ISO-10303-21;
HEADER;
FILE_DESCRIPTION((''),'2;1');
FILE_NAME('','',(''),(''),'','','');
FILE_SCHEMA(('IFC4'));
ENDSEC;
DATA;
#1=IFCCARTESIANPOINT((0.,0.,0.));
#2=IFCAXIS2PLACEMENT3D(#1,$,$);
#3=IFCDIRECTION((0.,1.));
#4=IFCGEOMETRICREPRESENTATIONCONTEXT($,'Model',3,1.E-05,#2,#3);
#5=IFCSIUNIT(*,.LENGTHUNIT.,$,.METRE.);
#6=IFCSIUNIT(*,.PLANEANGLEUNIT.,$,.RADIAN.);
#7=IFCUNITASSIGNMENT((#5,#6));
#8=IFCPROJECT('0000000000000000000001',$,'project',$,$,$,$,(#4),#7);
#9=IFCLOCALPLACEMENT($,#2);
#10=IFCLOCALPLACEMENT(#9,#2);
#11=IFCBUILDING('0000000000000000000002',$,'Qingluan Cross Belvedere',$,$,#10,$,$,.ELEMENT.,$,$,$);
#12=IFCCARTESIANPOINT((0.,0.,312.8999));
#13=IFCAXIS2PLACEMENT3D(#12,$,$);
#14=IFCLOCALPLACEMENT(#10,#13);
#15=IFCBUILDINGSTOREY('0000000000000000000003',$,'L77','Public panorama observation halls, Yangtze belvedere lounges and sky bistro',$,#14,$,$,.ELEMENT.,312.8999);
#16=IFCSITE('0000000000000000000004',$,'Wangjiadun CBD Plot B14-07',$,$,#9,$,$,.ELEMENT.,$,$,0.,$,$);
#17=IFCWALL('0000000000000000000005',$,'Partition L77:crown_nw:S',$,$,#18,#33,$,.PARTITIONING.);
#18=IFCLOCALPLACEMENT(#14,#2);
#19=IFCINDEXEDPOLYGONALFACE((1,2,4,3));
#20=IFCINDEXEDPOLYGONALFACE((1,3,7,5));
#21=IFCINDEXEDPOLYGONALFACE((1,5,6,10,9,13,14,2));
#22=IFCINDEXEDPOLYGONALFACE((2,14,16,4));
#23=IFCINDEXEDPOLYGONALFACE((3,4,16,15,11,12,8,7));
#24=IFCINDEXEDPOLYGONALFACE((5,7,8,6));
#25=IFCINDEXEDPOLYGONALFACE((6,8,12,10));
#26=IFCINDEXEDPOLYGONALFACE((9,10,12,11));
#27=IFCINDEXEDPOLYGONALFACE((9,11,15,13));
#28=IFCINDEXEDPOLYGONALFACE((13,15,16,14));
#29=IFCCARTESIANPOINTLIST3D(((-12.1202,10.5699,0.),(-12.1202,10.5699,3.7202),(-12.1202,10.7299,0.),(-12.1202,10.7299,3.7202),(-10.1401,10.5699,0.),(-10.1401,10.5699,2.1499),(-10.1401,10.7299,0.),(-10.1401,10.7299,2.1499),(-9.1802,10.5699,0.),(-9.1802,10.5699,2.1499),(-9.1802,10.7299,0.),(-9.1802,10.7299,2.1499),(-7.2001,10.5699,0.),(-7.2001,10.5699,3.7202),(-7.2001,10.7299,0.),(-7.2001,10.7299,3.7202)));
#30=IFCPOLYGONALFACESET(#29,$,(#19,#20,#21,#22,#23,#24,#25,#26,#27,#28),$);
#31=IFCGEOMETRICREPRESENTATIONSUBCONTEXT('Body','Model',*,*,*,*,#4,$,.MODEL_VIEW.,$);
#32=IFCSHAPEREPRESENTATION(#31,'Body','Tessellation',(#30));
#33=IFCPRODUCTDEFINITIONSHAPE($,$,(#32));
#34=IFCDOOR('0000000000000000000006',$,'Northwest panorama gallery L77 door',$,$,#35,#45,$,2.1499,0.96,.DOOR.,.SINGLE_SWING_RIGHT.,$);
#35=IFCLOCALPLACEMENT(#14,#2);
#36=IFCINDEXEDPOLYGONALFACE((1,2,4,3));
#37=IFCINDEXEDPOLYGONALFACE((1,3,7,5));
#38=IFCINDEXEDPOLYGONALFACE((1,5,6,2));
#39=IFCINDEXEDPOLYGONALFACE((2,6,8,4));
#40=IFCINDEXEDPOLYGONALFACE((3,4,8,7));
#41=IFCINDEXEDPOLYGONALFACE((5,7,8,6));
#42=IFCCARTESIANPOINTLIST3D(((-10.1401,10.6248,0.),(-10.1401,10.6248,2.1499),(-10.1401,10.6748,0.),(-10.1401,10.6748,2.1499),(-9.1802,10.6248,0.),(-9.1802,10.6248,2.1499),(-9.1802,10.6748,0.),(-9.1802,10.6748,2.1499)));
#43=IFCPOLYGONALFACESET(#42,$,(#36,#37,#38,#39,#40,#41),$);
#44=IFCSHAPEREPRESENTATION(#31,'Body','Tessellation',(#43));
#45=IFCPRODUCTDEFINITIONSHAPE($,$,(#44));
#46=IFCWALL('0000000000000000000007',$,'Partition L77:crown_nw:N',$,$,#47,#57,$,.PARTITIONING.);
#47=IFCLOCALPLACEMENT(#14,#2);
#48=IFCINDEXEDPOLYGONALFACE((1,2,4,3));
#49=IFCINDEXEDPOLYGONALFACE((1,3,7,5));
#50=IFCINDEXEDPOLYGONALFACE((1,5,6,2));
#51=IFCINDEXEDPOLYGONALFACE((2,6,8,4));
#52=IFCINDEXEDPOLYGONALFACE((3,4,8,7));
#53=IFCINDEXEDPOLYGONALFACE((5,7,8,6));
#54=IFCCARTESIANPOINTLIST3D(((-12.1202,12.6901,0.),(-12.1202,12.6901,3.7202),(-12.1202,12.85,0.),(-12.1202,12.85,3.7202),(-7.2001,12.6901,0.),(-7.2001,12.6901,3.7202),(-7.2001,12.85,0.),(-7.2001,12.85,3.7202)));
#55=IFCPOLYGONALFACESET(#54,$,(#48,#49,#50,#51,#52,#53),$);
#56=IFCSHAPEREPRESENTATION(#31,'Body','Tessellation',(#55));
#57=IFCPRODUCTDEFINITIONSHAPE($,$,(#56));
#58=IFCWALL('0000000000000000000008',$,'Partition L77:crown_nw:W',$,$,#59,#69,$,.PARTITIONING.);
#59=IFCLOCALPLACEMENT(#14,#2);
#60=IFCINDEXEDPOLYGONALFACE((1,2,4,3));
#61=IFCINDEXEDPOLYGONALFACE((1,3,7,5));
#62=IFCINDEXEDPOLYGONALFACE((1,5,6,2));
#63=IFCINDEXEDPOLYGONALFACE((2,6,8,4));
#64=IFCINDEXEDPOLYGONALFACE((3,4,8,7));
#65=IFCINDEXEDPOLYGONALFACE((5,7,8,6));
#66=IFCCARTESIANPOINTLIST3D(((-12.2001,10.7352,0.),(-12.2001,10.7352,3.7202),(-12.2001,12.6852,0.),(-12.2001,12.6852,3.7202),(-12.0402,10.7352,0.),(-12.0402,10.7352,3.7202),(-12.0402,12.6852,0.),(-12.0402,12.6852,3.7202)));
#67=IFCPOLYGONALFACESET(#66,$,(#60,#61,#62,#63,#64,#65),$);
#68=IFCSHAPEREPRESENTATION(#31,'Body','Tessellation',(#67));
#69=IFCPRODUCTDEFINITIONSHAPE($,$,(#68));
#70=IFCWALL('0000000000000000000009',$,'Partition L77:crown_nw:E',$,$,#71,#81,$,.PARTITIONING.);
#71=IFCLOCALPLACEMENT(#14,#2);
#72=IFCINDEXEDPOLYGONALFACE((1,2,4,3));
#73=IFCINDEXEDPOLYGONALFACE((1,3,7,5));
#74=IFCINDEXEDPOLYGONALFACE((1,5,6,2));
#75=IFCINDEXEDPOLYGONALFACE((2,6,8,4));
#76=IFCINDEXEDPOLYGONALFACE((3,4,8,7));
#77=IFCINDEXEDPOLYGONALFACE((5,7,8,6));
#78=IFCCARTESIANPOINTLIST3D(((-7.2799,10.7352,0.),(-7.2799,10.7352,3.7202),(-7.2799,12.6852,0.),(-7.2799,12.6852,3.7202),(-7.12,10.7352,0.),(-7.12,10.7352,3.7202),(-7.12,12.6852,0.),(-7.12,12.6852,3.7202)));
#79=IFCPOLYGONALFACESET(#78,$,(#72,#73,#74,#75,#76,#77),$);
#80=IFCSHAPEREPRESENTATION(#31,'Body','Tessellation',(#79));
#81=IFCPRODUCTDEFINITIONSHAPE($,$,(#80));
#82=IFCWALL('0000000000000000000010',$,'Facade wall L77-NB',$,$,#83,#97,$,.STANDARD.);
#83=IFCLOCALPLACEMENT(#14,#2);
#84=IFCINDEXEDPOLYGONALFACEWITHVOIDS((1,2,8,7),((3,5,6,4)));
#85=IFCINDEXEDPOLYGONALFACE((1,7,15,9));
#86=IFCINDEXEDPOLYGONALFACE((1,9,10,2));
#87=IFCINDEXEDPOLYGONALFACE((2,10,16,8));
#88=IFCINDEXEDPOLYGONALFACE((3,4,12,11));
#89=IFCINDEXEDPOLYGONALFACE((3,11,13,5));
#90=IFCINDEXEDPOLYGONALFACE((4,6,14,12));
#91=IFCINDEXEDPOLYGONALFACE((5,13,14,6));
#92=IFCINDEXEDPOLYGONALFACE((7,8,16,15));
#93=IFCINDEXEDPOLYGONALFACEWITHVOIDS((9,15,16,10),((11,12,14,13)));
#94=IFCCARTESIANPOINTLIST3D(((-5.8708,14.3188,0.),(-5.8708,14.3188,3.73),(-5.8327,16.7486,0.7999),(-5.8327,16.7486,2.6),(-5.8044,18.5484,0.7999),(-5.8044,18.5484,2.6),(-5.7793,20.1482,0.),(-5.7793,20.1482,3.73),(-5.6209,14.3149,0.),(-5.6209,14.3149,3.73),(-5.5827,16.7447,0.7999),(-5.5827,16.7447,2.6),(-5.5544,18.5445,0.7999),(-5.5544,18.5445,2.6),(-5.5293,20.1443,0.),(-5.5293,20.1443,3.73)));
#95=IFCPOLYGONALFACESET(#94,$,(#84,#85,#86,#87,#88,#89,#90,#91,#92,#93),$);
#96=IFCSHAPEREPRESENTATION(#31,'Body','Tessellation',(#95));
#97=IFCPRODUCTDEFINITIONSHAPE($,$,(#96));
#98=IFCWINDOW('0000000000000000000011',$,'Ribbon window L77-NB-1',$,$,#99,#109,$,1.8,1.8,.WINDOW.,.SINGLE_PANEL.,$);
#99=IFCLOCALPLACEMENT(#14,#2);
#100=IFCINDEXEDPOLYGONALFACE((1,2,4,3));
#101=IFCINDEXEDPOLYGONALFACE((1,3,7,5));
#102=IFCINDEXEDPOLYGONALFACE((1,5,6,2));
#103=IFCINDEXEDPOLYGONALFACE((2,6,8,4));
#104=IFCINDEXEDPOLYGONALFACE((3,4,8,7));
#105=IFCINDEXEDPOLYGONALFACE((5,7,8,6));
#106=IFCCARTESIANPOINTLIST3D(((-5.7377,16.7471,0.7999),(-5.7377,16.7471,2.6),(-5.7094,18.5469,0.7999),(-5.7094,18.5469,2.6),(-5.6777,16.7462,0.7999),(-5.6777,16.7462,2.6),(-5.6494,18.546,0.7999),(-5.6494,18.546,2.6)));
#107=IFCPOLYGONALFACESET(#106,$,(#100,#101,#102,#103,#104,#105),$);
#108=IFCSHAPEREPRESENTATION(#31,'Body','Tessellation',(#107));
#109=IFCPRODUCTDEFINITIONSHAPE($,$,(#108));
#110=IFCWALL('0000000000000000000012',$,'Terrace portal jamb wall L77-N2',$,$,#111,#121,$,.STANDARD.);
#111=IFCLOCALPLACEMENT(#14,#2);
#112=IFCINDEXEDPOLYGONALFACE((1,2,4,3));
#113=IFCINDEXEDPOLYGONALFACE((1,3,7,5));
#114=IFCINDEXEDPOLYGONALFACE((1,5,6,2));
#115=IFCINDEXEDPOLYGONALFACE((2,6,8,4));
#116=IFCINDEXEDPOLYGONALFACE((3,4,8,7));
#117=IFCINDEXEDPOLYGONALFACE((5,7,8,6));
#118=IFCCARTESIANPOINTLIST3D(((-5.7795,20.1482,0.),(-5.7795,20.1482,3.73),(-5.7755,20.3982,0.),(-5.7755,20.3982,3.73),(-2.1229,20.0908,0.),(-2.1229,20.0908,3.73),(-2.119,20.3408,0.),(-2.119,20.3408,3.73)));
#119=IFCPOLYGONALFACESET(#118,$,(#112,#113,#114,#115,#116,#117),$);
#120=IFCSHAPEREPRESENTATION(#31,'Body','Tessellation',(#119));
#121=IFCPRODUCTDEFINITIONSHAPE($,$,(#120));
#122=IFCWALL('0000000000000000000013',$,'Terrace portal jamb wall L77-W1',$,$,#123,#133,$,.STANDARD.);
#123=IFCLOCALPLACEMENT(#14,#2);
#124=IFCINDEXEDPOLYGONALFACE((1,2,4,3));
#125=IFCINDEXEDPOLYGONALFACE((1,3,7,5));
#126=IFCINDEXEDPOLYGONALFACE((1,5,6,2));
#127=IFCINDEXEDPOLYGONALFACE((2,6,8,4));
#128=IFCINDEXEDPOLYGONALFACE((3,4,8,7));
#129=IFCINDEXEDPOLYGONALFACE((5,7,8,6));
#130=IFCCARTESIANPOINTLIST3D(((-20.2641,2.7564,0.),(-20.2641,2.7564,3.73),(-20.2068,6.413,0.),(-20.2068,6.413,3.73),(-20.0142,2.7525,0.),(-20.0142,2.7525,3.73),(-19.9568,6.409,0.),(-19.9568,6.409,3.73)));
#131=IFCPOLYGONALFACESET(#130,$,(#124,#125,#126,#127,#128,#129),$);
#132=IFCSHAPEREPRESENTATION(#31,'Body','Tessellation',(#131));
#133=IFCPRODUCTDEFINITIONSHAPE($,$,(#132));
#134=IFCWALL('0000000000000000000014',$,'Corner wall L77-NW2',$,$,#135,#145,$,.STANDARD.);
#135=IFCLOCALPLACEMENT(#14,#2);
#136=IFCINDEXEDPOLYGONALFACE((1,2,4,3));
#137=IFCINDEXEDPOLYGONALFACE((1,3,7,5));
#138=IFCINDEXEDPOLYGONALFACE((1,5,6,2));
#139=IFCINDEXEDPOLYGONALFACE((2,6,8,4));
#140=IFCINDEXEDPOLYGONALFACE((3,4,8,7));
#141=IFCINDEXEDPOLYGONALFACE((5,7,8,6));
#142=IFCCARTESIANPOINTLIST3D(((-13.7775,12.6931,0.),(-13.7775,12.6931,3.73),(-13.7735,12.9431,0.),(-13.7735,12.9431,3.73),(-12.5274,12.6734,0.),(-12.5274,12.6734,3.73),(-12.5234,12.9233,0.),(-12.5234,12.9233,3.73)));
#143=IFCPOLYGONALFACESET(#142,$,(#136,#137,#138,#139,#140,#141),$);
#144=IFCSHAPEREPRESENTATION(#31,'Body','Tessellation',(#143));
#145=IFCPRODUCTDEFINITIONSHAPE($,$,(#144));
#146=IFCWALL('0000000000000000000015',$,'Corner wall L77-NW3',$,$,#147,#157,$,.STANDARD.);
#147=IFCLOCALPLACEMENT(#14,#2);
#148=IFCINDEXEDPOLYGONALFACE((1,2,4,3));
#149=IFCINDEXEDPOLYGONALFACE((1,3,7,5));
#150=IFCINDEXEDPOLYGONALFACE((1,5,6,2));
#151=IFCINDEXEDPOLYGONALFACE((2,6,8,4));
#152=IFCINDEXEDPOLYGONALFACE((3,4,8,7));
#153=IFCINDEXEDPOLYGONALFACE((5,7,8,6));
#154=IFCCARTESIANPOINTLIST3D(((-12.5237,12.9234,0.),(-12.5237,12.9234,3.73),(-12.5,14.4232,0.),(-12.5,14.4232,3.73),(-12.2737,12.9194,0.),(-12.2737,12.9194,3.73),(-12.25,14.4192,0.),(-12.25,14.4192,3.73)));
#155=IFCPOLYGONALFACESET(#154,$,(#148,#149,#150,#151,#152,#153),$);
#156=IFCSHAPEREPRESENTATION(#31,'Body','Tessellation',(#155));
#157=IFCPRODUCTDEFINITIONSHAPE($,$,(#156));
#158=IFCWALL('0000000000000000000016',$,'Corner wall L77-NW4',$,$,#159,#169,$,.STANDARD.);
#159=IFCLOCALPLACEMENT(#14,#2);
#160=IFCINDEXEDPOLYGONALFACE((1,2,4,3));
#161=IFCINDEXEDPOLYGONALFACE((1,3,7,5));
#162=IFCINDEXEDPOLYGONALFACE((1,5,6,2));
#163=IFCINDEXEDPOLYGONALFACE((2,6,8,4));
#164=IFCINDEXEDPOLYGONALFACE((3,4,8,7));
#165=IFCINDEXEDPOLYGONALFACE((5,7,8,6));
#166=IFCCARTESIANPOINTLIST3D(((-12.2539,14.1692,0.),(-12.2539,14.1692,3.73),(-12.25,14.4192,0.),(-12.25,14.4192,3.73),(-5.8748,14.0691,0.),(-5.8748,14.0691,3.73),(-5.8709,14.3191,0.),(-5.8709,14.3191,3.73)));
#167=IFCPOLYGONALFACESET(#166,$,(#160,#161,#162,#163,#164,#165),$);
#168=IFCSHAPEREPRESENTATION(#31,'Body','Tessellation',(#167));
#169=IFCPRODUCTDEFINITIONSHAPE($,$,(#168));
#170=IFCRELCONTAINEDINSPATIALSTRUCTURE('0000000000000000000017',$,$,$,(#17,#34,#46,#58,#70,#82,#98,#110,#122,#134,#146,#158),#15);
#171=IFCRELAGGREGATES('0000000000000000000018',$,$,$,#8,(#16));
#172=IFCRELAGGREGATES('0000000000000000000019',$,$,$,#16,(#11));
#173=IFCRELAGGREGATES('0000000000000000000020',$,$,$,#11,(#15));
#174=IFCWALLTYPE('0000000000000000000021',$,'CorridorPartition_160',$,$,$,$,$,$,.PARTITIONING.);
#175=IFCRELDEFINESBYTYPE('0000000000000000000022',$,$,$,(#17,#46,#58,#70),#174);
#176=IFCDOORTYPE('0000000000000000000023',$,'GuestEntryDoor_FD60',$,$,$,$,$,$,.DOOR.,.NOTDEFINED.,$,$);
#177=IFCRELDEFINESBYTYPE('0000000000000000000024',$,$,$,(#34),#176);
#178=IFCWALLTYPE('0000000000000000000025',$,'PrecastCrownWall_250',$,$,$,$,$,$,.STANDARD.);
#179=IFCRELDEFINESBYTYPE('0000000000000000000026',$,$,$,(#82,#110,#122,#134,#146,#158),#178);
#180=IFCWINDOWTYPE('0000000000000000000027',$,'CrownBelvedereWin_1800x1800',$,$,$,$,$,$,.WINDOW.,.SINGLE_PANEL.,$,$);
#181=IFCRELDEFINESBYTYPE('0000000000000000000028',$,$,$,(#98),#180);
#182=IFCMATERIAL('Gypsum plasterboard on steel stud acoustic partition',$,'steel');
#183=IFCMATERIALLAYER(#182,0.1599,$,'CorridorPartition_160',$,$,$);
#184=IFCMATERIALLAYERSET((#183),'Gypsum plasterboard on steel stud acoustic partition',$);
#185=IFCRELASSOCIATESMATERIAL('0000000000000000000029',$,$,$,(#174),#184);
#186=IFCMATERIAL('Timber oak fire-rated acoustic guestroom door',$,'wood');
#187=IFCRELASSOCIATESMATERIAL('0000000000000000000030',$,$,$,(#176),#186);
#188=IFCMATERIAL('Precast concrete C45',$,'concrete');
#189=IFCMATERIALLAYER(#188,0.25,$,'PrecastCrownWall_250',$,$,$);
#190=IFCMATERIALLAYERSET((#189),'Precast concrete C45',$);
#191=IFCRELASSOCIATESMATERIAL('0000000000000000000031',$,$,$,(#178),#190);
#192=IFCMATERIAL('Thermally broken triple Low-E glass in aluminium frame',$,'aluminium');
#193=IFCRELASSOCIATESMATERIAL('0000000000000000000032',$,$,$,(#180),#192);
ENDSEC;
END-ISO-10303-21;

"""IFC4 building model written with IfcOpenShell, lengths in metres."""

from ifc_helpers import new_model, si_unit, direction, frame, frame_2d, origin, place, context, subcontext, project, spatial, rectangle, extrude, material, layer, layer_set, type_object, element, fill, save


model = new_model("IFC4")

# Units and contexts
model_context = context("Model", 3, precision=1e-05, world=origin(), true_north=direction((0.0, 1.0)))
body_context = subcontext(model_context, "Body", "Model", "MODEL_VIEW")
ifc_project = project(units=[si_unit("LENGTHUNIT", "METRE"), si_unit("PLANEANGLEUNIT", "RADIAN")], contexts=[model_context])

# Site, building, storey
site_placement = place(None, origin())
site = spatial("IfcSite", under=ifc_project, at=site_placement, Name="Wangjiadun CBD Plot B14-07", CompositionType="ELEMENT", RefElevation=0.0)
building_placement = place(site_placement, origin())
building = spatial("IfcBuilding", under=site, at=building_placement, Name="Qingluan Cross Belvedere", CompositionType="ELEMENT")
storey_placement = place(building_placement, frame((0.0, 0.0, 312.8999)))
storey = spatial("IfcBuildingStorey", under=building, at=storey_placement, Name="L77", Description="Public panorama observation halls, Yangtze belvedere lounges and sky bistro", CompositionType="ELEMENT", Elevation=312.8999)

# Wall, opening, door
ifc_material_1 = material(Name="Gypsum plasterboard on steel stud acoustic partition", Category="steel")
ifc_layer_1 = layer(ifc_material_1, 0.1599, Name="CorridorPartition_160")
ifc_layer_set_1 = layer_set([ifc_layer_1], Name="Gypsum plasterboard on steel stud acoustic partition")
wall_type_1 = type_object("IfcWallType", Name="CorridorPartition_160", PredefinedType="PARTITIONING", material=ifc_layer_set_1)
ifc_material_2 = material(Name="Timber oak fire-rated acoustic guestroom door", Category="wood")
door_type = type_object("IfcDoorType", Name="GuestEntryDoor_FD60", OperationType="NOTDEFINED", PredefinedType="DOOR", material=ifc_material_2)
wall_1_placement = place(storey_placement, frame((-12.1201, 10.6499, 0.0), z_axis=(0.0, 0.0, 1.0), x_axis=(1.0, 0.0, 0.0)))
wall_1 = element("IfcWall", 1, at=wall_1_placement, inside=storey, type_object=wall_type_1, Name="Partition L77:crown_nw:S", PredefinedType="PARTITIONING", context=body_context, shape_type="SweptSolid", body=[
    extrude(rectangle(XDim=4.9202, YDim=0.1599, at=frame_2d((2.46, 0.0))), origin(), (0.0, 0.0, 1.0), 3.7202),
])
opening_1_placement = place(wall_1_placement, frame((1.98, 0.0, 0.0)))
opening_1 = element("IfcOpeningElement", 2, at=opening_1_placement, cuts=wall_1, PredefinedType="OPENING", context=body_context, shape_type="SweptSolid", body=[
    extrude(rectangle(XDim=0.96, YDim=2.1499, at=frame_2d((0.48, 1.075))), frame((0.0, 0.0898, 0.0), z_axis=(0.0, -1.0, 0.0), x_axis=(1.0, 0.0, 0.0)), (0.0, 0.0, 1.0), 0.1799),
])
door_1_placement = place(opening_1_placement, origin())
door_1 = element("IfcDoor", 3, at=door_1_placement, inside=storey, type_object=door_type, Name="Northwest panorama gallery L77 door", OperationType="SINGLE_SWING_RIGHT", OverallHeight=2.1499, OverallWidth=0.96, PredefinedType="DOOR", context=body_context, shape_type="SweptSolid", body=[
    extrude(rectangle(XDim=0.96, YDim=2.1499, at=frame_2d((0.48, 1.075))), frame((0.0, 0.0249, 0.0), z_axis=(0.0, -1.0, 0.0), x_axis=(1.0, 0.0, 0.0)), (0.0, 0.0, 1.0), 0.05),
])
fill(opening_1, door_1)

# Walls
wall_2_placement = place(storey_placement, frame((-12.1201, 12.77, 0.0), z_axis=(0.0, 0.0, 1.0), x_axis=(1.0, 0.0, 0.0)))
element("IfcWall", 4, at=wall_2_placement, inside=storey, type_object=wall_type_1, Name="Partition L77:crown_nw:N", PredefinedType="PARTITIONING", context=body_context, shape_type="SweptSolid", body=[
    extrude(rectangle(XDim=4.9202, YDim=0.1599, at=frame_2d((2.46, 0.0))), origin(), (0.0, 0.0, 1.0), 3.7202),
])
for number, where, z_axis, x_axis, name in (
    (5, (-12.1201, 10.7351, 0.0), (0.0, 0.0, 1.0), (0.0, 1.0, 0.0), "Partition L77:crown_nw:W"),
    (6, (-7.2, 10.7351, 0.0), (0.0, 0.0, 1.0), (0.0, 1.0, 0.0), "Partition L77:crown_nw:E"),
):
    element("IfcWall", number, at=place(storey_placement, frame(where, z_axis=z_axis, x_axis=x_axis)), inside=storey, type_object=wall_type_1, Name=name, PredefinedType="PARTITIONING", context=body_context, shape_type="SweptSolid", body=[
        extrude(rectangle(XDim=1.95, YDim=0.1599, at=frame_2d((0.9751, 0.0))), origin(), (0.0, 0.0, 1.0), 3.7202),
    ])

# Wall, opening, window
ifc_material_3 = material(Name="Precast concrete C45", Category="concrete")
ifc_layer_2 = layer(ifc_material_3, 0.25, Name="PrecastCrownWall_250")
ifc_layer_set_2 = layer_set([ifc_layer_2], Name="Precast concrete C45")
wall_type_2 = type_object("IfcWallType", Name="PrecastCrownWall_250", PredefinedType="STANDARD", material=ifc_layer_set_2)
wall_3_placement = place(storey_placement, frame((-5.6543, 20.1462, 0.0), z_axis=(0.0, 0.0, 1.0), x_axis=(-0.015704, -0.999877, 0.0)))
wall_3 = element("IfcWall", 7, at=wall_3_placement, inside=storey, type_object=wall_type_2, Name="Facade wall L77-NB", PredefinedType="STANDARD", context=body_context, shape_type="SweptSolid", body=[
    extrude(rectangle(XDim=5.8301, YDim=0.25, at=frame_2d((2.915, 0.0))), origin(), (0.0, 0.0, 1.0), 3.73),
])
opening_2_placement = place(wall_3_placement, frame((1.6001, 0.0, 0.8)))
opening_2 = element("IfcOpeningElement", 8, at=opening_2_placement, cuts=wall_3, PredefinedType="OPENING", context=body_context, shape_type="SweptSolid", body=[
    extrude(rectangle(XDim=1.8, YDim=1.8, at=frame_2d((0.8999, 0.8999))), frame((0.0, 0.135, 0.0), z_axis=(0.0, -1.0, 0.0), x_axis=(1.0, 0.0, 0.0)), (0.0, 0.0, 1.0), 0.27),
])
ifc_material_4 = material(Name="Thermally broken triple Low-E glass in aluminium frame", Category="aluminium")
window_type = type_object("IfcWindowType", Name="CrownBelvedereWin_1800x1800", PartitioningType="SINGLE_PANEL", PredefinedType="WINDOW", material=ifc_material_4)
window_placement = place(opening_2_placement, origin())
window = element("IfcWindow", 9, at=window_placement, inside=storey, type_object=window_type, Name="Ribbon window L77-NB-1", OverallHeight=1.8, OverallWidth=1.8, PartitioningType="SINGLE_PANEL", PredefinedType="WINDOW", context=body_context, shape_type="SweptSolid", body=[
    extrude(rectangle(XDim=1.8, YDim=1.8, at=frame_2d((0.8999, 0.8999))), frame((0.0, 0.03, 0.0), z_axis=(0.0, -1.0, 0.0), x_axis=(1.0, 0.0, 0.0)), (0.0, 0.0, 1.0), 0.0601),
])
fill(opening_2, window)

# Walls
for number, where, z_axis, x_axis, name in (
    (10, (-2.1208, 20.2158, 0.0), (0.0, 0.0, 1.0), (-0.999877, 0.015689, 0.0), "Terrace portal jamb wall L77-N2"),
    (11, (-20.0818, 6.4111, 0.0), (0.0, 0.0, 1.0), (-0.015689, -0.999877, 0.0), "Terrace portal jamb wall L77-W1"),
):
    element("IfcWall", number, at=place(storey_placement, frame(where, z_axis=z_axis, x_axis=x_axis)), inside=storey, type_object=wall_type_2, Name=name, PredefinedType="STANDARD", context=body_context, shape_type="SweptSolid", body=[
        extrude(rectangle(XDim=3.657, YDim=0.25, at=frame_2d((1.8286, 0.0))), origin(), (0.0, 0.0, 1.0), 3.73),
    ])
wall_4_placement = place(storey_placement, frame((-13.7754, 12.8181, 0.0), z_axis=(0.0, 0.0, 1.0), x_axis=(0.999875, -0.015818, 0.0)))
element("IfcWall", 12, at=wall_4_placement, inside=storey, type_object=wall_type_2, Name="Corner wall L77-NW2", PredefinedType="STANDARD", context=body_context, shape_type="SweptSolid", body=[
    extrude(rectangle(XDim=1.2502, YDim=0.25, at=frame_2d((0.625, 0.0))), origin(), (0.0, 0.0, 1.0), 3.73),
])
wall_5_placement = place(storey_placement, frame((-12.3987, 12.9214, 0.0), z_axis=(0.0, 0.0, 1.0), x_axis=(0.015788, 0.999875, 0.0)))
element("IfcWall", 13, at=wall_5_placement, inside=storey, type_object=wall_type_2, Name="Corner wall L77-NW3", PredefinedType="STANDARD", context=body_context, shape_type="SweptSolid", body=[
    extrude(rectangle(XDim=1.5, YDim=0.25, at=frame_2d((0.75, 0.0))), origin(), (0.0, 0.0, 1.0), 3.73),
])
wall_6_placement = place(storey_placement, frame((-12.252, 14.2942, 0.0), z_axis=(0.0, 0.0, 1.0), x_axis=(0.999877, -0.015689, 0.0)))
element("IfcWall", 14, at=wall_6_placement, inside=storey, type_object=wall_type_2, Name="Corner wall L77-NW4", PredefinedType="STANDARD", context=body_context, shape_type="SweptSolid", body=[
    extrude(rectangle(XDim=6.3799, YDim=0.25, at=frame_2d((3.1899, 0.0))), origin(), (0.0, 0.0, 1.0), 3.73),
])

save(model, "model.ifc")
